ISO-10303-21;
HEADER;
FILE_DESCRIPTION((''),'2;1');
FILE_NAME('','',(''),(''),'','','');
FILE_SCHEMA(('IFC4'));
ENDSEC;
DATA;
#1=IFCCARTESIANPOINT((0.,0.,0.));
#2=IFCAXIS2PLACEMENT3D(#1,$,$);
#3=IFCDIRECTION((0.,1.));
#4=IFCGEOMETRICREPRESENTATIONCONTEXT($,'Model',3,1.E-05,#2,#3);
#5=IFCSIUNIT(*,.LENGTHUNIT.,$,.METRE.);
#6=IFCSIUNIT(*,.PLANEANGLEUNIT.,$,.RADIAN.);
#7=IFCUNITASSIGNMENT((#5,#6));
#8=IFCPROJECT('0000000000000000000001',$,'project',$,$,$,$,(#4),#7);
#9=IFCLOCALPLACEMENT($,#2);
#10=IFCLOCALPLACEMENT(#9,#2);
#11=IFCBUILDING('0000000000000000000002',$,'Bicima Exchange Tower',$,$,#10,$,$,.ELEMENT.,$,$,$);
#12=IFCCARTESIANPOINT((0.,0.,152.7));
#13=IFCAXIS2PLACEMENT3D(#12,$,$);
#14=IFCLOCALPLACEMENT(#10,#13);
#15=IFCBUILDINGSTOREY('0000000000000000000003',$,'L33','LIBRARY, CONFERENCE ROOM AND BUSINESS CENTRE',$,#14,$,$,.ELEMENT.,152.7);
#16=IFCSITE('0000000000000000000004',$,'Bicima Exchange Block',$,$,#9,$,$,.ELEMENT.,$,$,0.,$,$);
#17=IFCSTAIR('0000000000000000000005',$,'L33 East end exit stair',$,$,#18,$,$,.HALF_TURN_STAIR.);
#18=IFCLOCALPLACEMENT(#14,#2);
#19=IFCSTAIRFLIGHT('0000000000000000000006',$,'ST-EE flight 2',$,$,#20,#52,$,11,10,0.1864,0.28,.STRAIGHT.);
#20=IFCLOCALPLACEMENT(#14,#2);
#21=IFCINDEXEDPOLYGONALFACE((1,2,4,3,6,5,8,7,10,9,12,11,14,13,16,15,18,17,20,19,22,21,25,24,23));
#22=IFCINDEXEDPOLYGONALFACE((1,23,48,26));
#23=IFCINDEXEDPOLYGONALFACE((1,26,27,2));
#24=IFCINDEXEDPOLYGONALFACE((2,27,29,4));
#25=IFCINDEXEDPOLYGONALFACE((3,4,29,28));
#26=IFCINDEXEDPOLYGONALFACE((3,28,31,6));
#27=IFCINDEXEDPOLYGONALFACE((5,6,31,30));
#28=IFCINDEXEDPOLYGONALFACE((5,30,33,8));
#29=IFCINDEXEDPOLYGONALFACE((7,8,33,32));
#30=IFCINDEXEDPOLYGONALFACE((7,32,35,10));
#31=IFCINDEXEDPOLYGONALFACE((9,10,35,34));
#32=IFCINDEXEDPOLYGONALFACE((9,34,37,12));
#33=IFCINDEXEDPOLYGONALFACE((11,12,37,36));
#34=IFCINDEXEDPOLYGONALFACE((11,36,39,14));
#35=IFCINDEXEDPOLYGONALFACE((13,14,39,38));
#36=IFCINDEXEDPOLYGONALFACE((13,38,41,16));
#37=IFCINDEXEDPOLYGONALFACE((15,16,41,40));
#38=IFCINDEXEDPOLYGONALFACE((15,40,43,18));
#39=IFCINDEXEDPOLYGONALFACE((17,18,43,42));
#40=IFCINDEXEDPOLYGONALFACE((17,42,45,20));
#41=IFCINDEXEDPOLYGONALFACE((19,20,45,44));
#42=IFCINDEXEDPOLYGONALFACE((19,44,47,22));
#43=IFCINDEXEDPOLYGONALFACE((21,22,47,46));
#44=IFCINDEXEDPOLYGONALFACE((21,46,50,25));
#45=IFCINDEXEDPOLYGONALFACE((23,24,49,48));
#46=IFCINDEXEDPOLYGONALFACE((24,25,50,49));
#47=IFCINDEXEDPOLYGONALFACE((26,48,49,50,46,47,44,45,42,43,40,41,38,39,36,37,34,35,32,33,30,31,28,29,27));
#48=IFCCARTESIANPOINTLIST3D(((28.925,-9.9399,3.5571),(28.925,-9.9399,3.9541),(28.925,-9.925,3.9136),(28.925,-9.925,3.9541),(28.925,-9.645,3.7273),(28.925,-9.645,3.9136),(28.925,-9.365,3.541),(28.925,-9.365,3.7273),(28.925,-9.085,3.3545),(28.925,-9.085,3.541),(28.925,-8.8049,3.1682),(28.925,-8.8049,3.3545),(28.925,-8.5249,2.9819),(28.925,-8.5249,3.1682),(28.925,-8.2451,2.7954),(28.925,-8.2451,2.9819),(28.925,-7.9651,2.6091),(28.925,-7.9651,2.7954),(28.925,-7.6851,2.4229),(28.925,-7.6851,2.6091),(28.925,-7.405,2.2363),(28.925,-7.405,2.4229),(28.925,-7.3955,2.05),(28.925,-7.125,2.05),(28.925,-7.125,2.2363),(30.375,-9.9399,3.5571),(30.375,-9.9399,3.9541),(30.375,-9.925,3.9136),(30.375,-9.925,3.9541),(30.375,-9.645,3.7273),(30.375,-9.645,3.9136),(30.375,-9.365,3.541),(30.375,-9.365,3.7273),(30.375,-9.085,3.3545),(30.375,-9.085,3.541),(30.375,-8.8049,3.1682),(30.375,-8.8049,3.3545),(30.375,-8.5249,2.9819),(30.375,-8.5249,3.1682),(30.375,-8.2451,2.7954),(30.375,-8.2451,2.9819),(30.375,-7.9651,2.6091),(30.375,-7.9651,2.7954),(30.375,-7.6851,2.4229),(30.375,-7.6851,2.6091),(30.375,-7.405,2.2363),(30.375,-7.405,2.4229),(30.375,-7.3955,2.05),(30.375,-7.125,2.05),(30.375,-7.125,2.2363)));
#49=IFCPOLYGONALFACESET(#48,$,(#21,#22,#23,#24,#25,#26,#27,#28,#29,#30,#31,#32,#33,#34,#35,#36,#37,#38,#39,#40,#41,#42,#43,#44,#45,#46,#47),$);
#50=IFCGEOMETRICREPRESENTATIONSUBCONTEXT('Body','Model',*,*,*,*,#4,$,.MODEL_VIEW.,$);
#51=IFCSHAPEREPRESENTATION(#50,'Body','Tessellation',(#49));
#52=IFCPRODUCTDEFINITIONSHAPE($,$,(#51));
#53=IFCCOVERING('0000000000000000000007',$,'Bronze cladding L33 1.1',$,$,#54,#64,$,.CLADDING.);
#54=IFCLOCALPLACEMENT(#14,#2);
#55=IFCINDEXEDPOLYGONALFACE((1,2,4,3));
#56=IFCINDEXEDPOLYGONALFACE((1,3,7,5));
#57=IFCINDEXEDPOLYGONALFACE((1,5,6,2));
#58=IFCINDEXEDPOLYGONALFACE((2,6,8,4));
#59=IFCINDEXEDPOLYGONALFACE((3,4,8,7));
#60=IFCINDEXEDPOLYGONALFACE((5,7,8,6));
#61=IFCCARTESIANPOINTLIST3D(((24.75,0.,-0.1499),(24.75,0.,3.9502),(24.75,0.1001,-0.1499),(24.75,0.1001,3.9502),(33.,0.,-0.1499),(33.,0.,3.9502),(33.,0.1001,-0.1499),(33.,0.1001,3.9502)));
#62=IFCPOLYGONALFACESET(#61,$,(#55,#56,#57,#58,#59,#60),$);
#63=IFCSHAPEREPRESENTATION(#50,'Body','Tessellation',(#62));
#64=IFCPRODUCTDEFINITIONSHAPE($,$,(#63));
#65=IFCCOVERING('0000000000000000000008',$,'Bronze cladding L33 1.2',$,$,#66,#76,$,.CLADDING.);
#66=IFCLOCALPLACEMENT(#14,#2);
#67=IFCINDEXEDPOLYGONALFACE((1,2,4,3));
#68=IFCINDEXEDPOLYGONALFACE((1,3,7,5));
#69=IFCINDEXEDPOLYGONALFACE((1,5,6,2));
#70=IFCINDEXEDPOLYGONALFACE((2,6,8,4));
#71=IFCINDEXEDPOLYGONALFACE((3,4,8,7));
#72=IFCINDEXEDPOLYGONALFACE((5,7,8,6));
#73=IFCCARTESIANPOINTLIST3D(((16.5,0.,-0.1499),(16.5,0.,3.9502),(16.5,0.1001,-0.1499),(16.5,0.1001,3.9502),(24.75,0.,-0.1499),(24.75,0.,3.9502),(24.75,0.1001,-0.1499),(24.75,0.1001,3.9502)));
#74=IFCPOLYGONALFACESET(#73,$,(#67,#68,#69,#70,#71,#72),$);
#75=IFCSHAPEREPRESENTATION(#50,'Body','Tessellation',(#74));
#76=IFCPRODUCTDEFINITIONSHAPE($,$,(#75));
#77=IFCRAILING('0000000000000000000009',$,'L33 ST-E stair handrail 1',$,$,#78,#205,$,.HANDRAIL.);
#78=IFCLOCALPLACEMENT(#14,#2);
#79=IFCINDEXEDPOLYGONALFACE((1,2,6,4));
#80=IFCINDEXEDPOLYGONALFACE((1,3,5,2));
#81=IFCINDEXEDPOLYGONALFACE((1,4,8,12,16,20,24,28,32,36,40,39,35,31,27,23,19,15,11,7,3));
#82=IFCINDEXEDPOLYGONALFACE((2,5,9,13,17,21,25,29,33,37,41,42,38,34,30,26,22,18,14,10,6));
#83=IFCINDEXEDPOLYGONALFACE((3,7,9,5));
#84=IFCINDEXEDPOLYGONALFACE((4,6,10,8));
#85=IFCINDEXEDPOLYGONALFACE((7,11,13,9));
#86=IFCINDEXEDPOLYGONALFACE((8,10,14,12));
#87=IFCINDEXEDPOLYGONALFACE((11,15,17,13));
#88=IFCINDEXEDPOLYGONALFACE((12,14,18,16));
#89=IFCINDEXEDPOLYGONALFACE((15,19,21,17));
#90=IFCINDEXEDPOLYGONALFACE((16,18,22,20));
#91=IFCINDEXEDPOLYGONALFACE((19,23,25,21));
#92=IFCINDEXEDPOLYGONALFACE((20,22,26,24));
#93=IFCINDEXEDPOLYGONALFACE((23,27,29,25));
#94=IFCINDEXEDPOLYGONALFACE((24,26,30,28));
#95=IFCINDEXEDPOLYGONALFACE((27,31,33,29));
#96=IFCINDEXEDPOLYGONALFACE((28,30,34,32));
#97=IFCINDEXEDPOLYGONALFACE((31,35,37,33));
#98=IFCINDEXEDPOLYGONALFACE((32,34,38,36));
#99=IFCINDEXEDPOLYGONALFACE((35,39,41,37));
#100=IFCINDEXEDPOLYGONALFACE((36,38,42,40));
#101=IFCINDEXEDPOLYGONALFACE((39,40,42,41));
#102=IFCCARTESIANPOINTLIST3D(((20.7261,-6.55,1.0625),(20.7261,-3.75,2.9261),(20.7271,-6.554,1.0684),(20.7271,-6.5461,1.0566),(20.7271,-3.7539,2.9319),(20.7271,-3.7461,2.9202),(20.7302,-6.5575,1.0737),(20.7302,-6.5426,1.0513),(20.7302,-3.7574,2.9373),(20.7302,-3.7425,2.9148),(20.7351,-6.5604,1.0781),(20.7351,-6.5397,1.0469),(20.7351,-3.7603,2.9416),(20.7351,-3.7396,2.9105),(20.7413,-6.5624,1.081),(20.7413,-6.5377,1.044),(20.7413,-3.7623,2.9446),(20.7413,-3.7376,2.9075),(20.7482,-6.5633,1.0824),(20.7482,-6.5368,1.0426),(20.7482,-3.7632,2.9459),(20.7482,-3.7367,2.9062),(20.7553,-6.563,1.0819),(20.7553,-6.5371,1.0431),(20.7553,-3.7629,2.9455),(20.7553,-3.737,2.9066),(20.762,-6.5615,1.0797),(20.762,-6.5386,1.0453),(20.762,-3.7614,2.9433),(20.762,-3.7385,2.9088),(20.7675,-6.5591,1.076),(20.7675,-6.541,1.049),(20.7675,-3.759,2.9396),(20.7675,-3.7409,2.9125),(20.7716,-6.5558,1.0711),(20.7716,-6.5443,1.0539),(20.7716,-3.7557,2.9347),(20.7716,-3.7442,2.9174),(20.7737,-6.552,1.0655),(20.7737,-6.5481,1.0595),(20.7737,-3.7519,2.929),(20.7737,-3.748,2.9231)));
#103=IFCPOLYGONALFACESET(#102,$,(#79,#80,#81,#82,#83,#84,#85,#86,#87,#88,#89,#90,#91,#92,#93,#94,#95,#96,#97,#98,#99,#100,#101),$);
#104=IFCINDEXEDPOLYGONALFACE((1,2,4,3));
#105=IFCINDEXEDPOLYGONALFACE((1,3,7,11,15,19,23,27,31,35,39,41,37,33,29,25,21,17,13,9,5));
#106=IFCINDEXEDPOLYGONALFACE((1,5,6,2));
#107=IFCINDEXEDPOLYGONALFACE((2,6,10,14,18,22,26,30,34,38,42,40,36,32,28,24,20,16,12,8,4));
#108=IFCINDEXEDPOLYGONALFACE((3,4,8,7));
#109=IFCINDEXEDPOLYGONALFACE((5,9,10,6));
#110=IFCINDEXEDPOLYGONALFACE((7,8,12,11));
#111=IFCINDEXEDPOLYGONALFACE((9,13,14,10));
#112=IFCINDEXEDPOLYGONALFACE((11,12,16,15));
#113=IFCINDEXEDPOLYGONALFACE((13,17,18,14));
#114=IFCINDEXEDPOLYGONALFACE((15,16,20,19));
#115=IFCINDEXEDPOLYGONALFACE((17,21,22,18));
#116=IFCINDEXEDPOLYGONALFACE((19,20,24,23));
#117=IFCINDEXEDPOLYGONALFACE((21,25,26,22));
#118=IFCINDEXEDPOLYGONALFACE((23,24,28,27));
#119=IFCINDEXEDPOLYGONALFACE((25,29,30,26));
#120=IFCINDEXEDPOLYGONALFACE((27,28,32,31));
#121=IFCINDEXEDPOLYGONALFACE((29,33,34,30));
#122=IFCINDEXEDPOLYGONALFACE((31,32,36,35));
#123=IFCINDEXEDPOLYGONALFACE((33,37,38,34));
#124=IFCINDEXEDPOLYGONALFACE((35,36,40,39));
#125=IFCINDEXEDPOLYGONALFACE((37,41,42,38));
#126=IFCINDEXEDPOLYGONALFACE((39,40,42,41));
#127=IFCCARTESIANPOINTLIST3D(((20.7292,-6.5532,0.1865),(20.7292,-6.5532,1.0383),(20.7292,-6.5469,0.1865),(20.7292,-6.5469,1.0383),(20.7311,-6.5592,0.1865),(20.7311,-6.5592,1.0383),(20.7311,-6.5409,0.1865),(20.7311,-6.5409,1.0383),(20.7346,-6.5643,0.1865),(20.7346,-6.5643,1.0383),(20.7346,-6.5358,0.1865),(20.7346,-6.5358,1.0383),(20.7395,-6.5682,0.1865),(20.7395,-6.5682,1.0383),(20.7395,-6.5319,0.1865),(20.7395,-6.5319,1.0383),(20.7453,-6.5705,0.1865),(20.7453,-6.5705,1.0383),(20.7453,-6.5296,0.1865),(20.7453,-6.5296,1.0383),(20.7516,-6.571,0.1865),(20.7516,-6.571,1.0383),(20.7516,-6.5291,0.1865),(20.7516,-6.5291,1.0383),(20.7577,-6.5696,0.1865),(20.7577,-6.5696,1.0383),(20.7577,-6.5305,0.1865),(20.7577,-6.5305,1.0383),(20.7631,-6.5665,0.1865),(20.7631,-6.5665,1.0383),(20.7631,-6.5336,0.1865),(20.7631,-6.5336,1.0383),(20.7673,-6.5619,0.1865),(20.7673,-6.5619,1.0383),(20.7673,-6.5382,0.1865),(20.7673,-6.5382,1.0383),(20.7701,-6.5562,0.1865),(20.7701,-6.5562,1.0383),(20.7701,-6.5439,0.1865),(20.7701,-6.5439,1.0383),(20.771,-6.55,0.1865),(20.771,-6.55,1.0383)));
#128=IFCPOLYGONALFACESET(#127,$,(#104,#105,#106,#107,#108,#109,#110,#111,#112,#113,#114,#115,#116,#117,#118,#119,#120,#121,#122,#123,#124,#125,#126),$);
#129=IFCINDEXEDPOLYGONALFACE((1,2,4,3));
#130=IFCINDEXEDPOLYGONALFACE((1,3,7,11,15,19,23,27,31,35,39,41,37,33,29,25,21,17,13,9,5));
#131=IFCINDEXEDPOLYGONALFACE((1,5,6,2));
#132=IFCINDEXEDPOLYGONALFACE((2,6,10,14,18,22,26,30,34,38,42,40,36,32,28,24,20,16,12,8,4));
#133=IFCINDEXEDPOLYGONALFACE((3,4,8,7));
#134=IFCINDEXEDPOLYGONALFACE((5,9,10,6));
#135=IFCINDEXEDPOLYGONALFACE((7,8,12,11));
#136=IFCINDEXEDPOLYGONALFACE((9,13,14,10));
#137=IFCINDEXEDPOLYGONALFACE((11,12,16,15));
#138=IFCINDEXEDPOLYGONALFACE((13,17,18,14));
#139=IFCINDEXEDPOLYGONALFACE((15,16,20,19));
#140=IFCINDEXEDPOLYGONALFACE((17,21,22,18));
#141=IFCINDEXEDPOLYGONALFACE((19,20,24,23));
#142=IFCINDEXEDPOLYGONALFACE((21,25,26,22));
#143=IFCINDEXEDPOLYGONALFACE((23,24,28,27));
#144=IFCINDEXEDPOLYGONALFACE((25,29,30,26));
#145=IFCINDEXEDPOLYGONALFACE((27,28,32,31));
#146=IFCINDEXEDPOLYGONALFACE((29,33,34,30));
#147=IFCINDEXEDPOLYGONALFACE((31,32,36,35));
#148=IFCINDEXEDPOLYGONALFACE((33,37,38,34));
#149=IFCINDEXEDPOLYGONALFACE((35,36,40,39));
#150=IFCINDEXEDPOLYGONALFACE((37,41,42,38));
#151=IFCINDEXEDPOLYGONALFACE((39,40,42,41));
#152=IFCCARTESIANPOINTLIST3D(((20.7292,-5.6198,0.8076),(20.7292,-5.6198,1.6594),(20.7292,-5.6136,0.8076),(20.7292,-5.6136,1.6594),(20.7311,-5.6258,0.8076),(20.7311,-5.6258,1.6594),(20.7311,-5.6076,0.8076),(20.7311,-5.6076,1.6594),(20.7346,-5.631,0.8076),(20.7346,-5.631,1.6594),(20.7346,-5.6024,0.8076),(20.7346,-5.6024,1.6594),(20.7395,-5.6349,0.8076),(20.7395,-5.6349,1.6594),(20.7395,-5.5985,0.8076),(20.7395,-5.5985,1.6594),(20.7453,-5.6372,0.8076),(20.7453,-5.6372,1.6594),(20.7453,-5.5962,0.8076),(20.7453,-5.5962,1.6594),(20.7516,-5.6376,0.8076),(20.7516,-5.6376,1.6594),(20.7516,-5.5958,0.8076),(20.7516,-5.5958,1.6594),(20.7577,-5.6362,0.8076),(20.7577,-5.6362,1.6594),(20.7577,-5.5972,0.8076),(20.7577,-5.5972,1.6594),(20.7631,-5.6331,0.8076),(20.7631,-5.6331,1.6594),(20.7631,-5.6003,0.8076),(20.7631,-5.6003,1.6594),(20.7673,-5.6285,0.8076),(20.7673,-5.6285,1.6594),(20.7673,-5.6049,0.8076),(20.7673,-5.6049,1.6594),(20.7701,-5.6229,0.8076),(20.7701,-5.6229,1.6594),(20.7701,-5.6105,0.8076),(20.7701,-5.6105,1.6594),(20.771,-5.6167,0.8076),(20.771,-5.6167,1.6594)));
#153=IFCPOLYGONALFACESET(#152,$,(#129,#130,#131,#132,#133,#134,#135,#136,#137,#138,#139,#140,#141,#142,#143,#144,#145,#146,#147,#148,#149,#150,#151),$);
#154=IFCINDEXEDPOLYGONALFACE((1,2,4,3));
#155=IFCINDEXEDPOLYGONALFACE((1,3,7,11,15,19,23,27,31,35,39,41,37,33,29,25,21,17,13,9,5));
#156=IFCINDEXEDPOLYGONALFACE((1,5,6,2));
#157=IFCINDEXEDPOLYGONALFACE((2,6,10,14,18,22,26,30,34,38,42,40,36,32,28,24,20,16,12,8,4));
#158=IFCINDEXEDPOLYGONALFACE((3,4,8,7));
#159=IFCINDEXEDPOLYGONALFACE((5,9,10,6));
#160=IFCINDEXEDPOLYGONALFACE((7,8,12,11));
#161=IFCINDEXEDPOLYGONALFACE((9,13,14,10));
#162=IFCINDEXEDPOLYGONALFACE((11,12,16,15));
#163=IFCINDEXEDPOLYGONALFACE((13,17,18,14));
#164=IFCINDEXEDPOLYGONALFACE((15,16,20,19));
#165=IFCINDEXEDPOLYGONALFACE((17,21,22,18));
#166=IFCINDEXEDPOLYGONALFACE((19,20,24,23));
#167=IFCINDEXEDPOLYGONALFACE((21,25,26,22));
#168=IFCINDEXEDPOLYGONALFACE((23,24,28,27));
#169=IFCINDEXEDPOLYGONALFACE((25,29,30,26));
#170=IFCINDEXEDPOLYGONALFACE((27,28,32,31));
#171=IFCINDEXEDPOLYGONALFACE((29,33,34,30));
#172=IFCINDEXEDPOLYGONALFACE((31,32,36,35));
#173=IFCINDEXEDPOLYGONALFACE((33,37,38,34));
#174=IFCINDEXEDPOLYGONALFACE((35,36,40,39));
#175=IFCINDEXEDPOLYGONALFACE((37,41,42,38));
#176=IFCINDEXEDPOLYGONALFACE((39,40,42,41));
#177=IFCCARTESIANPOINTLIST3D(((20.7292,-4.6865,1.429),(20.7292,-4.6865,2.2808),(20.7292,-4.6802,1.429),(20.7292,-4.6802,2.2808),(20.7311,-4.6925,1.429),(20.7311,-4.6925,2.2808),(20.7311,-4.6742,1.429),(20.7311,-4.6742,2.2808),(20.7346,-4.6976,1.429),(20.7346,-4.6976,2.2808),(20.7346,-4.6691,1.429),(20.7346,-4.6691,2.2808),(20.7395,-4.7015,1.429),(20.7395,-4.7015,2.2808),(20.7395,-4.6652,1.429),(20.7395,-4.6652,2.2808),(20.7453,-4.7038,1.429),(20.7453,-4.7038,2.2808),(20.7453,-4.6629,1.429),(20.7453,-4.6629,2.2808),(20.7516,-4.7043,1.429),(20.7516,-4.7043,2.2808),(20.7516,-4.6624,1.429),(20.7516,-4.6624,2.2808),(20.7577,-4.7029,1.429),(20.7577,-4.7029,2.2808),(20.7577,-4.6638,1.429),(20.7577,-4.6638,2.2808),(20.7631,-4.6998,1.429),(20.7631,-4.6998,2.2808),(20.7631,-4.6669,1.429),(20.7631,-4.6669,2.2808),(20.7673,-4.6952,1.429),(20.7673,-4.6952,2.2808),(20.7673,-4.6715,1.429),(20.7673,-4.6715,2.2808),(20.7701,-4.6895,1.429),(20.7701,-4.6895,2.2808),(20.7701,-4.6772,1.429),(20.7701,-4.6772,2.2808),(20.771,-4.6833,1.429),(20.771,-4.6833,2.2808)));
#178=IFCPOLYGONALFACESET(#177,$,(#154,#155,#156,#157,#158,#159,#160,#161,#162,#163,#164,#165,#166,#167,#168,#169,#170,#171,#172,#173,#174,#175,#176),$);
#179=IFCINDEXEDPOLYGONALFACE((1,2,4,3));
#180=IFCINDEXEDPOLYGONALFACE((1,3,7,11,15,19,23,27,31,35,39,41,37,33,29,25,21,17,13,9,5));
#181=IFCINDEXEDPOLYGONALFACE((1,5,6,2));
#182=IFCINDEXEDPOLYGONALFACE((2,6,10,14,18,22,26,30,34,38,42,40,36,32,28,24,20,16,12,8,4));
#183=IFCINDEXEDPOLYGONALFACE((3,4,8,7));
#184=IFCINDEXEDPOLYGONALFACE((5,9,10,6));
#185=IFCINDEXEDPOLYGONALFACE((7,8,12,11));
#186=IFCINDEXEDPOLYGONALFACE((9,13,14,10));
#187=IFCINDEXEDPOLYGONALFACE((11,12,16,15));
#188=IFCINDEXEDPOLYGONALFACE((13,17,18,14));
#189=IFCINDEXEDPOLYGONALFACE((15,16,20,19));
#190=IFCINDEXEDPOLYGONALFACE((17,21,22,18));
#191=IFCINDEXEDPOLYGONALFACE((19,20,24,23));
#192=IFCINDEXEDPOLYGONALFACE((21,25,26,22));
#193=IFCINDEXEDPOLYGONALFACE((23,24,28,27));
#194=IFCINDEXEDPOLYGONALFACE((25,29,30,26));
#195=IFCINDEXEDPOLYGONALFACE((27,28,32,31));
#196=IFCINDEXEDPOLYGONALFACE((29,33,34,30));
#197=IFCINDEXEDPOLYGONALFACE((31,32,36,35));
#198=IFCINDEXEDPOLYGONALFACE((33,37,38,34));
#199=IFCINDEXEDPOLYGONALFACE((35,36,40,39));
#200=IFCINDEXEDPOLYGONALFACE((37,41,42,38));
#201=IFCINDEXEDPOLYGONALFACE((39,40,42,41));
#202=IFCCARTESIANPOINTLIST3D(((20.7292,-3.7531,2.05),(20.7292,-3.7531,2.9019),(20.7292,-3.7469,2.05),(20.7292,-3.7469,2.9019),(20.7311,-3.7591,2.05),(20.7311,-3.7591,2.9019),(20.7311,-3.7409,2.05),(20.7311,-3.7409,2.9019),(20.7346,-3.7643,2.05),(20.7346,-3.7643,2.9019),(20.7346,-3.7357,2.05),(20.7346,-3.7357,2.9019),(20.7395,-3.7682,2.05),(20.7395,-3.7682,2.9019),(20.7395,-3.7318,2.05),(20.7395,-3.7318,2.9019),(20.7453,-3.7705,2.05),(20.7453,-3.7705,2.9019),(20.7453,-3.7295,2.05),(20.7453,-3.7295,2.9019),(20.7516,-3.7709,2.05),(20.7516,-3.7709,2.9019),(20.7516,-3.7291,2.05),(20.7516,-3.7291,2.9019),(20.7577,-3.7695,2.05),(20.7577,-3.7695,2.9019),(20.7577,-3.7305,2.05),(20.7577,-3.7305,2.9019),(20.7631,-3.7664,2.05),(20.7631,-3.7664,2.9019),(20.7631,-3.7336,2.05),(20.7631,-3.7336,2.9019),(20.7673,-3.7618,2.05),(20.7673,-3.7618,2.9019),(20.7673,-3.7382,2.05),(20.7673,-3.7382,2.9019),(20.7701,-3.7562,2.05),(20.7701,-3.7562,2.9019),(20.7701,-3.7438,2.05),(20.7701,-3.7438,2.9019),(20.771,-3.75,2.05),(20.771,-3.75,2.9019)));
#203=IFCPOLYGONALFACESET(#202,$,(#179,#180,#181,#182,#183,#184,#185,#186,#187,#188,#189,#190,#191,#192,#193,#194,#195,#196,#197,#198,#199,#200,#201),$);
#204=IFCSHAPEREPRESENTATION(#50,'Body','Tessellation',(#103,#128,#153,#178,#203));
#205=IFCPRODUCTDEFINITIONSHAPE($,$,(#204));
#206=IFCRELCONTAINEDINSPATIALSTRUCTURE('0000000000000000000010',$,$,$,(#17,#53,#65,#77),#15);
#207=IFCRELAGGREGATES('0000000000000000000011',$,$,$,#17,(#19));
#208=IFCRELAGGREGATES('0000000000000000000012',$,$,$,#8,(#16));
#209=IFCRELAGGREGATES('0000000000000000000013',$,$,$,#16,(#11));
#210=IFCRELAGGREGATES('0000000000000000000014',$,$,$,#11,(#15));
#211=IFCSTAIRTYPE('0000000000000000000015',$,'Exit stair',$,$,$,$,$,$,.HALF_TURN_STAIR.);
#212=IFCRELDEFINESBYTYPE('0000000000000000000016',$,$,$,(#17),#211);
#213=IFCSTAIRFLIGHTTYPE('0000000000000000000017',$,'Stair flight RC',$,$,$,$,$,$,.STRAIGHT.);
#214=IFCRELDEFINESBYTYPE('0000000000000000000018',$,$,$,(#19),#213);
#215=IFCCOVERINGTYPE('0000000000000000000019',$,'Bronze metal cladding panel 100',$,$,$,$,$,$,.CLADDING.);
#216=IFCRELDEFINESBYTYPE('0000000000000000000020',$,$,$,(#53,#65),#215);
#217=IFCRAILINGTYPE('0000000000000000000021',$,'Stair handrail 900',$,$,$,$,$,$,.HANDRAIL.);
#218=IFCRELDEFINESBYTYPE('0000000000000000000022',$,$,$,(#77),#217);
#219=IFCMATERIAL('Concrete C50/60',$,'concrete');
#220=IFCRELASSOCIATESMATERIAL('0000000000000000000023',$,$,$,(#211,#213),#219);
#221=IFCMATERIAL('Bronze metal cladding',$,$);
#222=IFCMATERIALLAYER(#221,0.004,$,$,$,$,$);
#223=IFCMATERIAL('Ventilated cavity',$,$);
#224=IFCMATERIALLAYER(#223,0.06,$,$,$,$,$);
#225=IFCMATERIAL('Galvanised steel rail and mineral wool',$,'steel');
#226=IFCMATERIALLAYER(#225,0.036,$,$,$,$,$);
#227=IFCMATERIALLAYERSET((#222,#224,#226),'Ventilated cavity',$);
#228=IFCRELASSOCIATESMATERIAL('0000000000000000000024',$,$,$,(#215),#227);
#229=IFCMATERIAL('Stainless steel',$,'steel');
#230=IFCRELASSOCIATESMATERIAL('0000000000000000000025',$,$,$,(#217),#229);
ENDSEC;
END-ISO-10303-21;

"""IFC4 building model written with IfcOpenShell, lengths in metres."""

from ifc_helpers import new_model, si_unit, direction, frame, origin, origin_2d, place, context, subcontext, project, spatial, polyline, rectangle, circle, outline, extrude, material, layer, layer_set, type_object, element, aggregate, save


model = new_model("IFC4")

# Units and contexts
model_context = context("Model", 3, precision=1e-05, world=origin(), true_north=direction((0.0, 1.0)))
body_context = subcontext(model_context, "Body", "Model", "MODEL_VIEW")
ifc_project = project(units=[si_unit("LENGTHUNIT", "METRE"), si_unit("PLANEANGLEUNIT", "RADIAN")], contexts=[model_context])

# Site, building, storey
site_placement = place(None, origin())
site = spatial("IfcSite", under=ifc_project, at=site_placement, Name="Bicima Exchange Block", CompositionType="ELEMENT", RefElevation=0.0)
building_placement = place(site_placement, origin())
building = spatial("IfcBuilding", under=site, at=building_placement, Name="Bicima Exchange Tower", CompositionType="ELEMENT")
storey_placement = place(building_placement, frame((0.0, 0.0, 152.7)))
storey = spatial("IfcBuildingStorey", under=building, at=storey_placement, Name="L33", Description="LIBRARY, CONFERENCE ROOM AND BUSINESS CENTRE", CompositionType="ELEMENT", Elevation=152.7)

# Shared definitions
ifc_material_1 = material(Name="Concrete C50/60", Category="concrete")

# Stair, stair flight
stair_type = type_object("IfcStairType", Name="Exit stair", PredefinedType="HALF_TURN_STAIR", material=ifc_material_1)
stair_flight_type = type_object("IfcStairFlightType", Name="Stair flight RC", PredefinedType="STRAIGHT", material=ifc_material_1)
stair_1_placement = place(storey_placement, origin())
stair_1 = element("IfcStair", 1, at=stair_1_placement, inside=storey, type_object=stair_type, Name="L33 East end exit stair", PredefinedType="HALF_TURN_STAIR")
stair_flight_1_placement = place(storey_placement, frame((29.6499, -7.125, 2.05), z_axis=(0.0, 0.0, 1.0), x_axis=(0.0, -1.0, 0.0)))
stair_flight_1 = element("IfcStairFlight", 2, at=stair_flight_1_placement, type_object=stair_flight_type, Name="ST-EE flight 2", NumberOfRisers=11, NumberOfTreads=10, PredefinedType="STRAIGHT", RiserHeight=0.1864, TreadLength=0.28, context=body_context, shape_type="SweptSolid", body=[
    extrude(outline(polyline([(0.0, 0.0), (0.0, 0.1863), (0.28, 0.1863), (0.28, 0.3728), (0.5601, 0.3728), (0.5601, 0.5591), (0.8401, 0.5591), (0.8401, 0.7454), (1.1201, 0.7454), (1.1201, 0.9319), (1.3999, 0.9319), (1.3999, 1.1182), (1.6799, 1.1182), (1.6799, 1.3044), (1.96, 1.3044), (1.96, 1.491), (2.24, 1.491), (2.24, 1.6772), (2.52, 1.6772), (2.52, 1.8635), (2.8, 1.8635), (2.8, 1.9041), (2.8149, 1.9041), (2.8149, 1.5071), (0.2705, 0.0), (0.0, 0.0)])), frame((0.0, 0.7251, 0.0), z_axis=(0.0, -1.0, 0.0), x_axis=(1.0, 0.0, 0.0)), (0.0, 0.0, 1.0), 1.45),
])
aggregate(stair_1, [stair_flight_1])

# Coverings
ifc_material_2 = material(Name="Bronze metal cladding")
ifc_layer_1 = layer(ifc_material_2, 0.004)
ifc_material_3 = material(Name="Ventilated cavity")
ifc_layer_2 = layer(ifc_material_3, 0.06)
ifc_material_4 = material(Name="Galvanised steel rail and mineral wool", Category="steel")
ifc_layer_3 = layer(ifc_material_4, 0.036)
ifc_layer_set_1 = layer_set([ifc_layer_1, ifc_layer_2, ifc_layer_3], Name="Ventilated cavity")
covering_type = type_object("IfcCoveringType", Name="Bronze metal cladding panel 100", PredefinedType="CLADDING", material=ifc_layer_set_1)
for number, where, z_axis, x_axis, name in (
    (3, (28.875, 0.05, -0.1499), (0.0, 0.0, 1.0), (-1.0, 0.0, 0.0), "Bronze cladding L33 1.1"),
    (4, (20.625, 0.05, -0.1499), (0.0, 0.0, 1.0), (-1.0, 0.0, 0.0), "Bronze cladding L33 1.2"),
):
    element("IfcCovering", number, at=place(storey_placement, frame(where, z_axis=z_axis, x_axis=x_axis)), inside=storey, type_object=covering_type, Name=name, PredefinedType="CLADDING", context=body_context, shape_type="SweptSolid", body=[
        extrude(rectangle(XDim=8.25, YDim=0.1001, at=origin_2d()), origin(), (0.0, 0.0, 1.0), 4.1001),
    ])

# Railing
ifc_material_5 = material(Name="Stainless steel", Category="steel")
railing_type_1 = type_object("IfcRailingType", Name="Stair handrail 900", PredefinedType="HANDRAIL", material=ifc_material_5)
railing_1_placement = place(storey_placement, frame((20.75, -6.55, 0.1865)))
element("IfcRailing", 5, at=railing_1_placement, inside=storey, type_object=railing_type_1, Name="L33 ST-E stair handrail 1", PredefinedType="HANDRAIL", context=body_context, shape_type="SweptSolid", body=[
    extrude(circle(Radius=0.0239, at=origin_2d()), frame((0.0, 0.0, 0.876), z_axis=(0.0, 0.832486, 0.554047), x_axis=(-1.0, 0.0, 0.0)), (0.0, 0.0, 1.0), 3.3635),
    extrude(circle(Radius=0.021, at=origin_2d()), origin(), (0.0, 0.0, 1.0), 0.8518),
    extrude(circle(Radius=0.021, at=origin_2d()), frame((0.0, 0.9333, 0.6211)), (0.0, 0.0, 1.0), 0.8518),
    extrude(circle(Radius=0.021, at=origin_2d()), frame((0.0, 1.8667, 1.2424)), (0.0, 0.0, 1.0), 0.8518),
    extrude(circle(Radius=0.021, at=origin_2d()), frame((0.0, 2.8, 1.8635)), (0.0, 0.0, 1.0), 0.8518),
])

save(model, "model.ifc")
